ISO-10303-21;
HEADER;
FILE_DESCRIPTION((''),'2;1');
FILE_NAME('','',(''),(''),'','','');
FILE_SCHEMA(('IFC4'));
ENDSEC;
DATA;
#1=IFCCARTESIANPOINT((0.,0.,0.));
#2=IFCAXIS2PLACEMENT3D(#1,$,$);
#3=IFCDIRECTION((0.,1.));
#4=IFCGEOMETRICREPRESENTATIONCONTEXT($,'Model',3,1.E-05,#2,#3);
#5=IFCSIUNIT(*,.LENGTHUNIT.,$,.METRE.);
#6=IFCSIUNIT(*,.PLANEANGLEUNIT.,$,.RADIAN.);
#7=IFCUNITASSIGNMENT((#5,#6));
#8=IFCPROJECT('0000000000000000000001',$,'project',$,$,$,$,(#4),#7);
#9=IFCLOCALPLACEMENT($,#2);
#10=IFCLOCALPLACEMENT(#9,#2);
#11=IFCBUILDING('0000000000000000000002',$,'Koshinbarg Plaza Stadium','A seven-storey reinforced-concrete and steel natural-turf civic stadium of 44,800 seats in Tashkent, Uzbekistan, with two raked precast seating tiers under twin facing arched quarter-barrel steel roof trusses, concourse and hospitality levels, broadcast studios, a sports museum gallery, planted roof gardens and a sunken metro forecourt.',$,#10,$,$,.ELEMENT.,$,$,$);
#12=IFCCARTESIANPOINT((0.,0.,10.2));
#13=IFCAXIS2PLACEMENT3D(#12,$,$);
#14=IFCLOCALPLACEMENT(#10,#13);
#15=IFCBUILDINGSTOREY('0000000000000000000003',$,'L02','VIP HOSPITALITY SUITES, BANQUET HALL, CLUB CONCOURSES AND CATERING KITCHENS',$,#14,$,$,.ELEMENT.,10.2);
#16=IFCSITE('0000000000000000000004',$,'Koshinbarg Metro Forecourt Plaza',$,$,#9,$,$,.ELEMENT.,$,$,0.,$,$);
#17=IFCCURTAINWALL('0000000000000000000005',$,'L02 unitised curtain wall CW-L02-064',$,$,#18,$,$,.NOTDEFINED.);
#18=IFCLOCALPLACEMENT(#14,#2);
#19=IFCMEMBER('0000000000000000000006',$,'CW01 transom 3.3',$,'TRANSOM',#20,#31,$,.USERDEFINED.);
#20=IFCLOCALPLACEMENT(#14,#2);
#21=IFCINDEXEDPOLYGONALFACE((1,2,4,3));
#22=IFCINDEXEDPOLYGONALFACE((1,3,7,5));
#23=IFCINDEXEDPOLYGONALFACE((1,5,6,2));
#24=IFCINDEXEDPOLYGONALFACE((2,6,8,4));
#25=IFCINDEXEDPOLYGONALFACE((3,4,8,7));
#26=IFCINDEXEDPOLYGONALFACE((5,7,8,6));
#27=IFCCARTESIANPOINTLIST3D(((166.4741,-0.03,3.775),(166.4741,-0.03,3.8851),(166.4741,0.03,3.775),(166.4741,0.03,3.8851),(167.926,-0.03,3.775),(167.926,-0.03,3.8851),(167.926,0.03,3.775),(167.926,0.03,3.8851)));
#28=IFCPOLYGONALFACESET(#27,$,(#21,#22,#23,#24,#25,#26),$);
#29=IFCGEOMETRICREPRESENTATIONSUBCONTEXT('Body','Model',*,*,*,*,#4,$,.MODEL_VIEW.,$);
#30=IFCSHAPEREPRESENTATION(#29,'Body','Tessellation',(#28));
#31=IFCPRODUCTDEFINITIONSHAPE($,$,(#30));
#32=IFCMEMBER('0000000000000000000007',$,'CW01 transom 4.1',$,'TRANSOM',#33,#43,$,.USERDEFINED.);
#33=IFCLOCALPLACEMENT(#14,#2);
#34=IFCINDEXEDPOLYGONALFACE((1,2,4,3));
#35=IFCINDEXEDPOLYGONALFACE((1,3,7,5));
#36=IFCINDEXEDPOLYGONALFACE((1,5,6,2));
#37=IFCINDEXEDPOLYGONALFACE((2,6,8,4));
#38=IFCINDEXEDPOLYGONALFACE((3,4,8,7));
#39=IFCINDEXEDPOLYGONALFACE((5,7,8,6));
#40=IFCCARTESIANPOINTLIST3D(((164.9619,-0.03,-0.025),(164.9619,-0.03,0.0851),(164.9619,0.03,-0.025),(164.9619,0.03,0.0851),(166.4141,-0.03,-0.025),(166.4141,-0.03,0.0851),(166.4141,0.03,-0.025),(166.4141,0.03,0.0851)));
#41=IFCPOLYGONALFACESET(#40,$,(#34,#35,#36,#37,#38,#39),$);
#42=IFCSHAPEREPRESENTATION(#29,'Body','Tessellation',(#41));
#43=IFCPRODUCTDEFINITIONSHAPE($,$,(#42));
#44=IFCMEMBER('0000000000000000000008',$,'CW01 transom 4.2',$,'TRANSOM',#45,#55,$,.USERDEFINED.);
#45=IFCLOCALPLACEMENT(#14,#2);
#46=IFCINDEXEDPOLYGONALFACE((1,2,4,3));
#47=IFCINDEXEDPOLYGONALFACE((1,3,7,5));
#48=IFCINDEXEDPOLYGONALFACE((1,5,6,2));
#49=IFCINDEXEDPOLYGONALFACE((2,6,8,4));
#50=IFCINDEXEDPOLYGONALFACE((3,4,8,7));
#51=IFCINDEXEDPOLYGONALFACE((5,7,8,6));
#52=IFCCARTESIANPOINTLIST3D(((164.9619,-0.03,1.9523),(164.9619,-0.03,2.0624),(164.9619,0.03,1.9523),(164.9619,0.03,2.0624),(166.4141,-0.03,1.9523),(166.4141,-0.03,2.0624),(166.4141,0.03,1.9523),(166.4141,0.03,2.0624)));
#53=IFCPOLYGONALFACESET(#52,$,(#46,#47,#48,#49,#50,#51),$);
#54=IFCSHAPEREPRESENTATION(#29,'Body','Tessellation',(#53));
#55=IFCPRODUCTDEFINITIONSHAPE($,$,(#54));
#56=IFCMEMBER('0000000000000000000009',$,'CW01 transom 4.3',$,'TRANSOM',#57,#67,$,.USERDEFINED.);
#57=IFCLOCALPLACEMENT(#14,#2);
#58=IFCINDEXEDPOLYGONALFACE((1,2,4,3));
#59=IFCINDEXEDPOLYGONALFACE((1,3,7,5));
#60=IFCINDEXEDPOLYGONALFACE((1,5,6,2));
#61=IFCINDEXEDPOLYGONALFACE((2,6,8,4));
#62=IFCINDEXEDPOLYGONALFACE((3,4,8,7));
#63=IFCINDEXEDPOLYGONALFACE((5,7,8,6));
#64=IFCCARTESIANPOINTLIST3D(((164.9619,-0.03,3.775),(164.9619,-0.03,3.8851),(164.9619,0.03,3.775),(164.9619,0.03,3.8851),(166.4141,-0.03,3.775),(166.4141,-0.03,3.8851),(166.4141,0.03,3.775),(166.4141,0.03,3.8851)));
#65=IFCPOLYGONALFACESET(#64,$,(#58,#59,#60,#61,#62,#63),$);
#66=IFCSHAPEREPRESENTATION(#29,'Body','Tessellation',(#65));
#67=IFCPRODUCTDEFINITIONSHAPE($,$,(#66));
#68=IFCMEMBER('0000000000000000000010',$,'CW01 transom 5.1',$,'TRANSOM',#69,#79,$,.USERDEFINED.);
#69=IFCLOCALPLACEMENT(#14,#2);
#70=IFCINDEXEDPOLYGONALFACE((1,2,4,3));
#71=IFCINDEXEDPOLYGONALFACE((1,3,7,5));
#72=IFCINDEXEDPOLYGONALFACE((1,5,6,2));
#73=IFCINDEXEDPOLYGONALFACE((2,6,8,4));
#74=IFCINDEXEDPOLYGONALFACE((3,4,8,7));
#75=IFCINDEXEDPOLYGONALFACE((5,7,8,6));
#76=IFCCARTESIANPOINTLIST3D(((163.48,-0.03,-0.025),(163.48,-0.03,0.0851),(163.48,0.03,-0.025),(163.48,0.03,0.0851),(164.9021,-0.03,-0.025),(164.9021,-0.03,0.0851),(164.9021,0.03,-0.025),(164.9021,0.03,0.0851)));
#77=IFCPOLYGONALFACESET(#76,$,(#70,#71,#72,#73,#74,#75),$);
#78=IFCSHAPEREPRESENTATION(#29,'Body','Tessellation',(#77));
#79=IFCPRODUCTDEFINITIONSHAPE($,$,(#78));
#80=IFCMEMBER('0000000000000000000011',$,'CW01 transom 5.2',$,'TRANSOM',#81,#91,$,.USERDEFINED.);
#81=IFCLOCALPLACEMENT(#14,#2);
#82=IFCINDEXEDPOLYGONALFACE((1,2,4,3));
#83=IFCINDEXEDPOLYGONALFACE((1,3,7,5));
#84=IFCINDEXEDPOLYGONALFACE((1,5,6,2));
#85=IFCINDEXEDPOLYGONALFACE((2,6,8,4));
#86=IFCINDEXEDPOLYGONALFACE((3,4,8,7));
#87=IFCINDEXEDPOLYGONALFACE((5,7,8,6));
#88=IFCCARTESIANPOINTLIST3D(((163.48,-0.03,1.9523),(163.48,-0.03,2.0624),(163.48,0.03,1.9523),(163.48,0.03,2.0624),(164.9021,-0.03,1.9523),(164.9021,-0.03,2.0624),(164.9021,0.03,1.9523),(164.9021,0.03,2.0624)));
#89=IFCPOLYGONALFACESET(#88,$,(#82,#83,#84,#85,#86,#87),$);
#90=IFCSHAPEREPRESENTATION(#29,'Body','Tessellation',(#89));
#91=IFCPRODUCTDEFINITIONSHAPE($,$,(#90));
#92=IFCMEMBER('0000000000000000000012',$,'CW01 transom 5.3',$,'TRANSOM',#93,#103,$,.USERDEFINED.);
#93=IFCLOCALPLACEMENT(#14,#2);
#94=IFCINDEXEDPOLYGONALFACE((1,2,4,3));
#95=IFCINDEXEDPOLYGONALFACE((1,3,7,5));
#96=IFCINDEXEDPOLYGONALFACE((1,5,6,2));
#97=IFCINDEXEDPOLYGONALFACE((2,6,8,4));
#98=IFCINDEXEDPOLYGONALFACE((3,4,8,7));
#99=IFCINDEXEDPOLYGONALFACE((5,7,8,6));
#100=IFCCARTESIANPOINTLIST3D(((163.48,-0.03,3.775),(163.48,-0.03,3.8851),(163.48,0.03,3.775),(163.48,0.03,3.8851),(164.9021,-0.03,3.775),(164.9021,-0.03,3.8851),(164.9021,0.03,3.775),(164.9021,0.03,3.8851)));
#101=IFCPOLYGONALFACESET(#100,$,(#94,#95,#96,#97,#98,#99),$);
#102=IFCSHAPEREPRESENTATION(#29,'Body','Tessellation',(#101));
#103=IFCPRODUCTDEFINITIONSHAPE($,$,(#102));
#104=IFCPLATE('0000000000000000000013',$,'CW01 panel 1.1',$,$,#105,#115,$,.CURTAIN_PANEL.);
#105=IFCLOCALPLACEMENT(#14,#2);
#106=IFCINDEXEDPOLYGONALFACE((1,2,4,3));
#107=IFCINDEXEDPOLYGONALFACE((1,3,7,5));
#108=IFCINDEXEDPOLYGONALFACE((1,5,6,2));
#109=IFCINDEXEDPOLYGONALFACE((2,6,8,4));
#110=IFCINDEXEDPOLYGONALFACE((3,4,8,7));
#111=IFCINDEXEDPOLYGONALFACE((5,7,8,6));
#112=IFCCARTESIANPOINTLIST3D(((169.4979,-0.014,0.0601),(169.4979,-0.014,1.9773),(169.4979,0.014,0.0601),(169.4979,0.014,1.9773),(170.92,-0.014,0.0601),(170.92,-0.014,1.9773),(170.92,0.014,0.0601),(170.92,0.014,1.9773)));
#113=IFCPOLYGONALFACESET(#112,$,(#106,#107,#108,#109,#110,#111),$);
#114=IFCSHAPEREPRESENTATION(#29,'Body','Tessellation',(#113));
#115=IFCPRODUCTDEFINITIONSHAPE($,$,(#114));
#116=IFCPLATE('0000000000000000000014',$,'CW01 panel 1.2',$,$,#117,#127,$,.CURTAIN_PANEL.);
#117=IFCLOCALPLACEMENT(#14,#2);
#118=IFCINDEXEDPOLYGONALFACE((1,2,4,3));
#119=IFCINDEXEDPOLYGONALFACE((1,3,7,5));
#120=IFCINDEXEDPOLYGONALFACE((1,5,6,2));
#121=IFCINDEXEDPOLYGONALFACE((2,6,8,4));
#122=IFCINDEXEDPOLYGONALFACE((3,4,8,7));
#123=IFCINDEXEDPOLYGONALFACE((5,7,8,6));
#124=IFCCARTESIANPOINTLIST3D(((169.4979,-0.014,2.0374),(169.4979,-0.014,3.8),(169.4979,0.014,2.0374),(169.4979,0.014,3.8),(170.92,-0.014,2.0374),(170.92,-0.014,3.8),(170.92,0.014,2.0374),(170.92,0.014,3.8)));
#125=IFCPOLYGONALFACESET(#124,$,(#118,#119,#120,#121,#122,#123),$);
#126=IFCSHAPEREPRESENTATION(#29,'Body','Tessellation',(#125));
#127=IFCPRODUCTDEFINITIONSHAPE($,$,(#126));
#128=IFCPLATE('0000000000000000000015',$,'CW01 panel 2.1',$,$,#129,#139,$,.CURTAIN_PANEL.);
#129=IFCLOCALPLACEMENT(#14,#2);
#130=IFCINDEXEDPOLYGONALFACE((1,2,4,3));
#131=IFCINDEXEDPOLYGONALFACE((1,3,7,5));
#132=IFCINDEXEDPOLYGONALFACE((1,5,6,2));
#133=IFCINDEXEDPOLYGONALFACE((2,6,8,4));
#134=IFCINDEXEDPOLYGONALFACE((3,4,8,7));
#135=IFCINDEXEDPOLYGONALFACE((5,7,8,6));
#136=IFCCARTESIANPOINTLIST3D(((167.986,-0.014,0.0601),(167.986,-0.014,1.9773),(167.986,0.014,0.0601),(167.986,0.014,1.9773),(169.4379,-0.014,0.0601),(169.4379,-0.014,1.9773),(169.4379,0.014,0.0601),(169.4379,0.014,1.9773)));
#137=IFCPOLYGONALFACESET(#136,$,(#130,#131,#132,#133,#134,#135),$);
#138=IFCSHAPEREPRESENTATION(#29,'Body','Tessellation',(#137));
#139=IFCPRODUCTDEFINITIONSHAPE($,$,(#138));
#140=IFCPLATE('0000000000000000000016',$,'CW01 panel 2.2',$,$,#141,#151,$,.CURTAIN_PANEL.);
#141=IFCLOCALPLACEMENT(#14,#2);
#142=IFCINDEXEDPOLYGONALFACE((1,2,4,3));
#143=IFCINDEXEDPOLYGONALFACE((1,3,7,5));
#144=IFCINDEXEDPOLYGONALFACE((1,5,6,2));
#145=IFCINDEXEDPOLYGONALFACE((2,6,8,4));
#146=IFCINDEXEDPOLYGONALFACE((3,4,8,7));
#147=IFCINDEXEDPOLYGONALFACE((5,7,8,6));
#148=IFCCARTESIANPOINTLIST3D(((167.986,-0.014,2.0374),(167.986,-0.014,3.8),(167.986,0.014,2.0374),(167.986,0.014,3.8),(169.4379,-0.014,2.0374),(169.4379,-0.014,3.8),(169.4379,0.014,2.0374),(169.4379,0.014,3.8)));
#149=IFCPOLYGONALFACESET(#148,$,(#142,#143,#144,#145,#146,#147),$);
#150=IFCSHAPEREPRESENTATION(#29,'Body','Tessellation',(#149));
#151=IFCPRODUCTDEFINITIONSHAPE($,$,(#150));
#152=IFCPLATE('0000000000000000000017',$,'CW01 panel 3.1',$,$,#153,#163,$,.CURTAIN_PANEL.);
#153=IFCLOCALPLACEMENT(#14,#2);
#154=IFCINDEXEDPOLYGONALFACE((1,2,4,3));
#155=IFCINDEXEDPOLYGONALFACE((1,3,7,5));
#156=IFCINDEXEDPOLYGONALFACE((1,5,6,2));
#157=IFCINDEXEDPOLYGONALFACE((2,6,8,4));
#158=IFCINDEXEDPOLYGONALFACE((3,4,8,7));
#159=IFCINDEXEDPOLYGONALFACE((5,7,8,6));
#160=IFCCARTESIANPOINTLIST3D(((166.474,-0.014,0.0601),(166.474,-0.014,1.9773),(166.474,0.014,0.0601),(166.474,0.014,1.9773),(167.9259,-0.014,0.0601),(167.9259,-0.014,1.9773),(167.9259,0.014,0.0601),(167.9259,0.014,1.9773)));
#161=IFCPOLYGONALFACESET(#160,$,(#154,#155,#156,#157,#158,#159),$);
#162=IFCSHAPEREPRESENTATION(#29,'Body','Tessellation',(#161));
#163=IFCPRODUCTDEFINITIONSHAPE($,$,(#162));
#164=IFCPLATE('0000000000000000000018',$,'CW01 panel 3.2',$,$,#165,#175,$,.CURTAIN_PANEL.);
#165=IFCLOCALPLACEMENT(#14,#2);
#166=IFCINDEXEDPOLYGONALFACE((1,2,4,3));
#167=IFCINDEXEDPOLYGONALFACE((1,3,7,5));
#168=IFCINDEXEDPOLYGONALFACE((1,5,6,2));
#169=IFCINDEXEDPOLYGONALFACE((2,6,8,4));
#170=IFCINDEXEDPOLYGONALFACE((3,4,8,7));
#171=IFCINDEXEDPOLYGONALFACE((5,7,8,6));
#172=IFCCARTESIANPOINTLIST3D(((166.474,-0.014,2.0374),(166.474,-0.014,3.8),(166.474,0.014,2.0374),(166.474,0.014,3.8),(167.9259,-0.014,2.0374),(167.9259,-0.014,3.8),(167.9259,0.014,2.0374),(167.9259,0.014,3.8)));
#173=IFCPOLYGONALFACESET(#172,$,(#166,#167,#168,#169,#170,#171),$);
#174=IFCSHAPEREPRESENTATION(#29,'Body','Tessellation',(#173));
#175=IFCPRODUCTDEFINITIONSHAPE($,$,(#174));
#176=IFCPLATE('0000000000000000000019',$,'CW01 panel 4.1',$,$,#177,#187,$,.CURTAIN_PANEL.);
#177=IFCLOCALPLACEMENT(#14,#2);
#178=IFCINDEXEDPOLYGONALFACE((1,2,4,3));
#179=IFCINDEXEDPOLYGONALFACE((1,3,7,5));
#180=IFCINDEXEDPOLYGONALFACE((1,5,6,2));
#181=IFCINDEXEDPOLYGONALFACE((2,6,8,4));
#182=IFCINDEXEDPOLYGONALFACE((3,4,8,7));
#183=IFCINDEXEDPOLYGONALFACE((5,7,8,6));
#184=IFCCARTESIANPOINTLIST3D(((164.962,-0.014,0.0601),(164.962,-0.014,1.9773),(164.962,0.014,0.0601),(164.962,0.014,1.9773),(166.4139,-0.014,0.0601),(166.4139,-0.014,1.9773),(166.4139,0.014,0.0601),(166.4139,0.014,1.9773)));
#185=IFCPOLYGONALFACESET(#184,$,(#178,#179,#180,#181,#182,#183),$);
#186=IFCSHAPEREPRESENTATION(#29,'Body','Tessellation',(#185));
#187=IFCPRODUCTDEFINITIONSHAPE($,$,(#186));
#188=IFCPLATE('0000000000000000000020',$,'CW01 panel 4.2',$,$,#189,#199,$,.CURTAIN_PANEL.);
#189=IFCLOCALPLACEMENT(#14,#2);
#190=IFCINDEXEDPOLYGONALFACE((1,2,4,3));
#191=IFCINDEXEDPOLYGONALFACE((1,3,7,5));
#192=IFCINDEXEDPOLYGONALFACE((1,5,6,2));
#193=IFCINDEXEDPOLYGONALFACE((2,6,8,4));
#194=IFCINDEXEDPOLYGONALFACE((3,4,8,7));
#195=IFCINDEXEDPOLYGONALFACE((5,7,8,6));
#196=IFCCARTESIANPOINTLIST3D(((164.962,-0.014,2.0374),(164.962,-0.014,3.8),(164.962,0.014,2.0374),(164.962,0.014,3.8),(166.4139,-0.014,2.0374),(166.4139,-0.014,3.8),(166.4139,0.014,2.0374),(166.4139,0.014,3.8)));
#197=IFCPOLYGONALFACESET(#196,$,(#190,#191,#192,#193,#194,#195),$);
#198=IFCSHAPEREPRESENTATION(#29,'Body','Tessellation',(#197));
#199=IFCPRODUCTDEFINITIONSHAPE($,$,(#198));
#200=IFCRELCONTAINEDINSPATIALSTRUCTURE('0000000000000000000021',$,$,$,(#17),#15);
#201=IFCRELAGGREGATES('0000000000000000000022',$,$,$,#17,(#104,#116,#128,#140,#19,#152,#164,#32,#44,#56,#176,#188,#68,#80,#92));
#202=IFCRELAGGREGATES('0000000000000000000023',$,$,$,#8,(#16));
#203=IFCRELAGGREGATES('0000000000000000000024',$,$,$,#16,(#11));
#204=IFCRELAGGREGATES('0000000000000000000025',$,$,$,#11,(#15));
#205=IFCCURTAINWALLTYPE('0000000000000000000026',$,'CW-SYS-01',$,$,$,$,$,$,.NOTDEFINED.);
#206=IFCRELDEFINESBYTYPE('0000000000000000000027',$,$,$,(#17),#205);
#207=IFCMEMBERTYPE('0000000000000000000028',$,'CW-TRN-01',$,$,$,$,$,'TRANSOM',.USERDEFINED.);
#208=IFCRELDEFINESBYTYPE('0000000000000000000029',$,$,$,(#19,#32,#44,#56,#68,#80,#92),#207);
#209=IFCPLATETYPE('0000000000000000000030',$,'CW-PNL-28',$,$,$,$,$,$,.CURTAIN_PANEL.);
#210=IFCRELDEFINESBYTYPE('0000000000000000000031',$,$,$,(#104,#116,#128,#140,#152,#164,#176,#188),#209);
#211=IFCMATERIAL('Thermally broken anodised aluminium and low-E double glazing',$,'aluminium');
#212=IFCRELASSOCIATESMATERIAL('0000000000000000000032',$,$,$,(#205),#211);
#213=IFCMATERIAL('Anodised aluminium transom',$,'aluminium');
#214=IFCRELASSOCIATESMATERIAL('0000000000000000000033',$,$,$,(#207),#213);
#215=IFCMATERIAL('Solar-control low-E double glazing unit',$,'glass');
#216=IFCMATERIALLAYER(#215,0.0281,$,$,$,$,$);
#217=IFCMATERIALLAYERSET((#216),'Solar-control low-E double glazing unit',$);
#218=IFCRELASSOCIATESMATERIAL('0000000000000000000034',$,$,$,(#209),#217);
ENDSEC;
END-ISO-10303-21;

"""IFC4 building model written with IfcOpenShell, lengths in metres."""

from ifc_helpers import new_model, si_unit, direction, frame, origin, origin_2d, place, context, subcontext, project, spatial, rectangle, extrude, material, layer, layer_set, material_profile, profile_set, type_object, element, aggregate, save


model = new_model("IFC4")

# Units and contexts
model_context = context("Model", 3, precision=1e-05, world=origin(), true_north=direction((0.0, 1.0)))
body_context = subcontext(model_context, "Body", "Model", "MODEL_VIEW")
ifc_project = project(units=[si_unit("LENGTHUNIT", "METRE"), si_unit("PLANEANGLEUNIT", "RADIAN")], contexts=[model_context])

# Site, building, storey
site_placement = place(None, origin())
site = spatial("IfcSite", under=ifc_project, at=site_placement, Name="Koshinbarg Metro Forecourt Plaza", CompositionType="ELEMENT", RefElevation=0.0)
building_placement = place(site_placement, origin())
building = spatial("IfcBuilding", under=site, at=building_placement, Name="Koshinbarg Plaza Stadium", Description="A seven-storey reinforced-concrete and steel natural-turf civic stadium of 44,800 seats in Tashkent, Uzbekistan, with two raked precast seating tiers under twin facing arched quarter-barrel steel roof trusses, concourse and hospitality levels, broadcast studios, a sports museum gallery, planted roof gardens and a sunken metro forecourt.", CompositionType="ELEMENT")
storey_placement = place(building_placement, frame((0.0, 0.0, 10.2)))
storey = spatial("IfcBuildingStorey", under=building, at=storey_placement, Name="L02", Description="VIP HOSPITALITY SUITES, BANQUET HALL, CLUB CONCOURSES AND CATERING KITCHENS", CompositionType="ELEMENT", Elevation=10.2)

# Curtain wall, members, plates
ifc_material_1 = material(Name="Thermally broken anodised aluminium and low-E double glazing", Category="aluminium")
curtain_wall_type = type_object("IfcCurtainWallType", Name="CW-SYS-01", PredefinedType="NOTDEFINED", material=ifc_material_1)
curtain_wall_placement = place(storey_placement, origin())
curtain_wall = element("IfcCurtainWall", 1, at=curtain_wall_placement, inside=storey, type_object=curtain_wall_type, Name="L02 unitised curtain wall CW-L02-064", PredefinedType="NOTDEFINED")
ifc_material_2 = material(Name="Anodised aluminium transom", Category="aluminium")
ifc_material_profile_1 = material_profile(ifc_material_2, rectangle(XDim=0.0601, YDim=0.1101, at=origin_2d()), Name="ALU 60x110")
ifc_profile_set_1 = profile_set([ifc_material_profile_1], Name="Anodised aluminium transom")
member_type_1 = type_object("IfcMemberType", Name="CW-TRN-01", ElementType="TRANSOM", PredefinedType="USERDEFINED", material=ifc_profile_set_1)
member_1_placement = place(storey_placement, frame((167.926, 0.0, 3.8301), z_axis=(-1.0, 0.0, 0.0), x_axis=(0.0, -1.0, 0.0)))
member_1 = element("IfcMember", 2, at=member_1_placement, type_object=member_type_1, Name="CW01 transom 3.3", ObjectType="TRANSOM", PredefinedType="USERDEFINED", context=body_context, shape_type="SweptSolid", body=[
    extrude(rectangle(XDim=0.0601, YDim=0.1101, at=origin_2d()), origin(), (0.0, 0.0, 1.0), 1.4519),
])
member_2_placement = place(storey_placement, frame((166.4141, 0.0, 0.03), z_axis=(-1.0, 0.0, 0.0), x_axis=(0.0, -1.0, 0.0)))
member_2 = element("IfcMember", 3, at=member_2_placement, type_object=member_type_1, Name="CW01 transom 4.1", ObjectType="TRANSOM", PredefinedType="USERDEFINED", context=body_context, shape_type="SweptSolid", body=[
    extrude(rectangle(XDim=0.0601, YDim=0.1101, at=origin_2d()), origin(), (0.0, 0.0, 1.0), 1.4521),
])
member_3_placement = place(storey_placement, frame((166.4141, 0.0, 2.0073), z_axis=(-1.0, 0.0, 0.0), x_axis=(0.0, -1.0, 0.0)))
member_3 = element("IfcMember", 4, at=member_3_placement, type_object=member_type_1, Name="CW01 transom 4.2", ObjectType="TRANSOM", PredefinedType="USERDEFINED", context=body_context, shape_type="SweptSolid", body=[
    extrude(rectangle(XDim=0.0601, YDim=0.1101, at=origin_2d()), origin(), (0.0, 0.0, 1.0), 1.4521),
])
member_4_placement = place(storey_placement, frame((166.4141, 0.0, 3.8301), z_axis=(-1.0, 0.0, 0.0), x_axis=(0.0, -1.0, 0.0)))
member_4 = element("IfcMember", 5, at=member_4_placement, type_object=member_type_1, Name="CW01 transom 4.3", ObjectType="TRANSOM", PredefinedType="USERDEFINED", context=body_context, shape_type="SweptSolid", body=[
    extrude(rectangle(XDim=0.0601, YDim=0.1101, at=origin_2d()), origin(), (0.0, 0.0, 1.0), 1.4521),
])
member_5_placement = place(storey_placement, frame((164.9021, 0.0, 0.03), z_axis=(-1.0, 0.0, 0.0), x_axis=(0.0, -1.0, 0.0)))
member_5 = element("IfcMember", 6, at=member_5_placement, type_object=member_type_1, Name="CW01 transom 5.1", ObjectType="TRANSOM", PredefinedType="USERDEFINED", context=body_context, shape_type="SweptSolid", body=[
    extrude(rectangle(XDim=0.0601, YDim=0.1101, at=origin_2d()), origin(), (0.0, 0.0, 1.0), 1.4221),
])
member_6_placement = place(storey_placement, frame((164.9021, 0.0, 2.0073), z_axis=(-1.0, 0.0, 0.0), x_axis=(0.0, -1.0, 0.0)))
member_6 = element("IfcMember", 7, at=member_6_placement, type_object=member_type_1, Name="CW01 transom 5.2", ObjectType="TRANSOM", PredefinedType="USERDEFINED", context=body_context, shape_type="SweptSolid", body=[
    extrude(rectangle(XDim=0.0601, YDim=0.1101, at=origin_2d()), origin(), (0.0, 0.0, 1.0), 1.4221),
])
member_7_placement = place(storey_placement, frame((164.9021, 0.0, 3.8301), z_axis=(-1.0, 0.0, 0.0), x_axis=(0.0, -1.0, 0.0)))
member_7 = element("IfcMember", 8, at=member_7_placement, type_object=member_type_1, Name="CW01 transom 5.3", ObjectType="TRANSOM", PredefinedType="USERDEFINED", context=body_context, shape_type="SweptSolid", body=[
    extrude(rectangle(XDim=0.0601, YDim=0.1101, at=origin_2d()), origin(), (0.0, 0.0, 1.0), 1.4221),
])
ifc_material_3 = material(Name="Solar-control low-E double glazing unit", Category="glass")
ifc_layer = layer(ifc_material_3, 0.0281)
ifc_layer_set = layer_set([ifc_layer], Name="Solar-control low-E double glazing unit")
plate_type = type_object("IfcPlateType", Name="CW-PNL-28", PredefinedType="CURTAIN_PANEL", material=ifc_layer_set)
plate_1_placement = place(storey_placement, frame((170.209, 0.0, 0.0601), z_axis=(0.0, 0.0, 1.0), x_axis=(-1.0, 0.0, 0.0)))
plate_1 = element("IfcPlate", 9, at=plate_1_placement, type_object=plate_type, Name="CW01 panel 1.1", PredefinedType="CURTAIN_PANEL", context=body_context, shape_type="SweptSolid", body=[
    extrude(rectangle(XDim=1.4221, YDim=0.0281, at=origin_2d()), origin(), (0.0, 0.0, 1.0), 1.9172),
])
plate_2_placement = place(storey_placement, frame((170.209, 0.0, 2.0374), z_axis=(0.0, 0.0, 1.0), x_axis=(-1.0, 0.0, 0.0)))
plate_2 = element("IfcPlate", 10, at=plate_2_placement, type_object=plate_type, Name="CW01 panel 1.2", PredefinedType="CURTAIN_PANEL", context=body_context, shape_type="SweptSolid", body=[
    extrude(rectangle(XDim=1.4221, YDim=0.0281, at=origin_2d()), origin(), (0.0, 0.0, 1.0), 1.7627),
])
plate_3_placement = place(storey_placement, frame((168.7119, 0.0, 0.0601), z_axis=(0.0, 0.0, 1.0), x_axis=(-1.0, 0.0, 0.0)))
plate_3 = element("IfcPlate", 11, at=plate_3_placement, type_object=plate_type, Name="CW01 panel 2.1", PredefinedType="CURTAIN_PANEL", context=body_context, shape_type="SweptSolid", body=[
    extrude(rectangle(XDim=1.4519, YDim=0.0281, at=origin_2d()), origin(), (0.0, 0.0, 1.0), 1.9172),
])
plate_4_placement = place(storey_placement, frame((168.7119, 0.0, 2.0374), z_axis=(0.0, 0.0, 1.0), x_axis=(-1.0, 0.0, 0.0)))
plate_4 = element("IfcPlate", 12, at=plate_4_placement, type_object=plate_type, Name="CW01 panel 2.2", PredefinedType="CURTAIN_PANEL", context=body_context, shape_type="SweptSolid", body=[
    extrude(rectangle(XDim=1.4519, YDim=0.0281, at=origin_2d()), origin(), (0.0, 0.0, 1.0), 1.7627),
])
plate_5_placement = place(storey_placement, frame((167.2, 0.0, 0.0601), z_axis=(0.0, 0.0, 1.0), x_axis=(-1.0, 0.0, 0.0)))
plate_5 = element("IfcPlate", 13, at=plate_5_placement, type_object=plate_type, Name="CW01 panel 3.1", PredefinedType="CURTAIN_PANEL", context=body_context, shape_type="SweptSolid", body=[
    extrude(rectangle(XDim=1.4519, YDim=0.0281, at=origin_2d()), origin(), (0.0, 0.0, 1.0), 1.9172),
])
plate_6_placement = place(storey_placement, frame((167.2, 0.0, 2.0374), z_axis=(0.0, 0.0, 1.0), x_axis=(-1.0, 0.0, 0.0)))
plate_6 = element("IfcPlate", 14, at=plate_6_placement, type_object=plate_type, Name="CW01 panel 3.2", PredefinedType="CURTAIN_PANEL", context=body_context, shape_type="SweptSolid", body=[
    extrude(rectangle(XDim=1.4519, YDim=0.0281, at=origin_2d()), origin(), (0.0, 0.0, 1.0), 1.7627),
])
plate_7_placement = place(storey_placement, frame((165.688, 0.0, 0.0601), z_axis=(0.0, 0.0, 1.0), x_axis=(-1.0, 0.0, 0.0)))
plate_7 = element("IfcPlate", 15, at=plate_7_placement, type_object=plate_type, Name="CW01 panel 4.1", PredefinedType="CURTAIN_PANEL", context=body_context, shape_type="SweptSolid", body=[
    extrude(rectangle(XDim=1.4519, YDim=0.0281, at=origin_2d()), origin(), (0.0, 0.0, 1.0), 1.9172),
])
plate_8_placement = place(storey_placement, frame((165.688, 0.0, 2.0374), z_axis=(0.0, 0.0, 1.0), x_axis=(-1.0, 0.0, 0.0)))
plate_8 = element("IfcPlate", 16, at=plate_8_placement, type_object=plate_type, Name="CW01 panel 4.2", PredefinedType="CURTAIN_PANEL", context=body_context, shape_type="SweptSolid", body=[
    extrude(rectangle(XDim=1.4519, YDim=0.0281, at=origin_2d()), origin(), (0.0, 0.0, 1.0), 1.7627),
])
aggregate(curtain_wall, [plate_1, plate_2, plate_3, plate_4, member_1, plate_5, plate_6, member_2, member_3, member_4, plate_7, plate_8, member_5, member_6, member_7])

save(model, "model.ifc")
